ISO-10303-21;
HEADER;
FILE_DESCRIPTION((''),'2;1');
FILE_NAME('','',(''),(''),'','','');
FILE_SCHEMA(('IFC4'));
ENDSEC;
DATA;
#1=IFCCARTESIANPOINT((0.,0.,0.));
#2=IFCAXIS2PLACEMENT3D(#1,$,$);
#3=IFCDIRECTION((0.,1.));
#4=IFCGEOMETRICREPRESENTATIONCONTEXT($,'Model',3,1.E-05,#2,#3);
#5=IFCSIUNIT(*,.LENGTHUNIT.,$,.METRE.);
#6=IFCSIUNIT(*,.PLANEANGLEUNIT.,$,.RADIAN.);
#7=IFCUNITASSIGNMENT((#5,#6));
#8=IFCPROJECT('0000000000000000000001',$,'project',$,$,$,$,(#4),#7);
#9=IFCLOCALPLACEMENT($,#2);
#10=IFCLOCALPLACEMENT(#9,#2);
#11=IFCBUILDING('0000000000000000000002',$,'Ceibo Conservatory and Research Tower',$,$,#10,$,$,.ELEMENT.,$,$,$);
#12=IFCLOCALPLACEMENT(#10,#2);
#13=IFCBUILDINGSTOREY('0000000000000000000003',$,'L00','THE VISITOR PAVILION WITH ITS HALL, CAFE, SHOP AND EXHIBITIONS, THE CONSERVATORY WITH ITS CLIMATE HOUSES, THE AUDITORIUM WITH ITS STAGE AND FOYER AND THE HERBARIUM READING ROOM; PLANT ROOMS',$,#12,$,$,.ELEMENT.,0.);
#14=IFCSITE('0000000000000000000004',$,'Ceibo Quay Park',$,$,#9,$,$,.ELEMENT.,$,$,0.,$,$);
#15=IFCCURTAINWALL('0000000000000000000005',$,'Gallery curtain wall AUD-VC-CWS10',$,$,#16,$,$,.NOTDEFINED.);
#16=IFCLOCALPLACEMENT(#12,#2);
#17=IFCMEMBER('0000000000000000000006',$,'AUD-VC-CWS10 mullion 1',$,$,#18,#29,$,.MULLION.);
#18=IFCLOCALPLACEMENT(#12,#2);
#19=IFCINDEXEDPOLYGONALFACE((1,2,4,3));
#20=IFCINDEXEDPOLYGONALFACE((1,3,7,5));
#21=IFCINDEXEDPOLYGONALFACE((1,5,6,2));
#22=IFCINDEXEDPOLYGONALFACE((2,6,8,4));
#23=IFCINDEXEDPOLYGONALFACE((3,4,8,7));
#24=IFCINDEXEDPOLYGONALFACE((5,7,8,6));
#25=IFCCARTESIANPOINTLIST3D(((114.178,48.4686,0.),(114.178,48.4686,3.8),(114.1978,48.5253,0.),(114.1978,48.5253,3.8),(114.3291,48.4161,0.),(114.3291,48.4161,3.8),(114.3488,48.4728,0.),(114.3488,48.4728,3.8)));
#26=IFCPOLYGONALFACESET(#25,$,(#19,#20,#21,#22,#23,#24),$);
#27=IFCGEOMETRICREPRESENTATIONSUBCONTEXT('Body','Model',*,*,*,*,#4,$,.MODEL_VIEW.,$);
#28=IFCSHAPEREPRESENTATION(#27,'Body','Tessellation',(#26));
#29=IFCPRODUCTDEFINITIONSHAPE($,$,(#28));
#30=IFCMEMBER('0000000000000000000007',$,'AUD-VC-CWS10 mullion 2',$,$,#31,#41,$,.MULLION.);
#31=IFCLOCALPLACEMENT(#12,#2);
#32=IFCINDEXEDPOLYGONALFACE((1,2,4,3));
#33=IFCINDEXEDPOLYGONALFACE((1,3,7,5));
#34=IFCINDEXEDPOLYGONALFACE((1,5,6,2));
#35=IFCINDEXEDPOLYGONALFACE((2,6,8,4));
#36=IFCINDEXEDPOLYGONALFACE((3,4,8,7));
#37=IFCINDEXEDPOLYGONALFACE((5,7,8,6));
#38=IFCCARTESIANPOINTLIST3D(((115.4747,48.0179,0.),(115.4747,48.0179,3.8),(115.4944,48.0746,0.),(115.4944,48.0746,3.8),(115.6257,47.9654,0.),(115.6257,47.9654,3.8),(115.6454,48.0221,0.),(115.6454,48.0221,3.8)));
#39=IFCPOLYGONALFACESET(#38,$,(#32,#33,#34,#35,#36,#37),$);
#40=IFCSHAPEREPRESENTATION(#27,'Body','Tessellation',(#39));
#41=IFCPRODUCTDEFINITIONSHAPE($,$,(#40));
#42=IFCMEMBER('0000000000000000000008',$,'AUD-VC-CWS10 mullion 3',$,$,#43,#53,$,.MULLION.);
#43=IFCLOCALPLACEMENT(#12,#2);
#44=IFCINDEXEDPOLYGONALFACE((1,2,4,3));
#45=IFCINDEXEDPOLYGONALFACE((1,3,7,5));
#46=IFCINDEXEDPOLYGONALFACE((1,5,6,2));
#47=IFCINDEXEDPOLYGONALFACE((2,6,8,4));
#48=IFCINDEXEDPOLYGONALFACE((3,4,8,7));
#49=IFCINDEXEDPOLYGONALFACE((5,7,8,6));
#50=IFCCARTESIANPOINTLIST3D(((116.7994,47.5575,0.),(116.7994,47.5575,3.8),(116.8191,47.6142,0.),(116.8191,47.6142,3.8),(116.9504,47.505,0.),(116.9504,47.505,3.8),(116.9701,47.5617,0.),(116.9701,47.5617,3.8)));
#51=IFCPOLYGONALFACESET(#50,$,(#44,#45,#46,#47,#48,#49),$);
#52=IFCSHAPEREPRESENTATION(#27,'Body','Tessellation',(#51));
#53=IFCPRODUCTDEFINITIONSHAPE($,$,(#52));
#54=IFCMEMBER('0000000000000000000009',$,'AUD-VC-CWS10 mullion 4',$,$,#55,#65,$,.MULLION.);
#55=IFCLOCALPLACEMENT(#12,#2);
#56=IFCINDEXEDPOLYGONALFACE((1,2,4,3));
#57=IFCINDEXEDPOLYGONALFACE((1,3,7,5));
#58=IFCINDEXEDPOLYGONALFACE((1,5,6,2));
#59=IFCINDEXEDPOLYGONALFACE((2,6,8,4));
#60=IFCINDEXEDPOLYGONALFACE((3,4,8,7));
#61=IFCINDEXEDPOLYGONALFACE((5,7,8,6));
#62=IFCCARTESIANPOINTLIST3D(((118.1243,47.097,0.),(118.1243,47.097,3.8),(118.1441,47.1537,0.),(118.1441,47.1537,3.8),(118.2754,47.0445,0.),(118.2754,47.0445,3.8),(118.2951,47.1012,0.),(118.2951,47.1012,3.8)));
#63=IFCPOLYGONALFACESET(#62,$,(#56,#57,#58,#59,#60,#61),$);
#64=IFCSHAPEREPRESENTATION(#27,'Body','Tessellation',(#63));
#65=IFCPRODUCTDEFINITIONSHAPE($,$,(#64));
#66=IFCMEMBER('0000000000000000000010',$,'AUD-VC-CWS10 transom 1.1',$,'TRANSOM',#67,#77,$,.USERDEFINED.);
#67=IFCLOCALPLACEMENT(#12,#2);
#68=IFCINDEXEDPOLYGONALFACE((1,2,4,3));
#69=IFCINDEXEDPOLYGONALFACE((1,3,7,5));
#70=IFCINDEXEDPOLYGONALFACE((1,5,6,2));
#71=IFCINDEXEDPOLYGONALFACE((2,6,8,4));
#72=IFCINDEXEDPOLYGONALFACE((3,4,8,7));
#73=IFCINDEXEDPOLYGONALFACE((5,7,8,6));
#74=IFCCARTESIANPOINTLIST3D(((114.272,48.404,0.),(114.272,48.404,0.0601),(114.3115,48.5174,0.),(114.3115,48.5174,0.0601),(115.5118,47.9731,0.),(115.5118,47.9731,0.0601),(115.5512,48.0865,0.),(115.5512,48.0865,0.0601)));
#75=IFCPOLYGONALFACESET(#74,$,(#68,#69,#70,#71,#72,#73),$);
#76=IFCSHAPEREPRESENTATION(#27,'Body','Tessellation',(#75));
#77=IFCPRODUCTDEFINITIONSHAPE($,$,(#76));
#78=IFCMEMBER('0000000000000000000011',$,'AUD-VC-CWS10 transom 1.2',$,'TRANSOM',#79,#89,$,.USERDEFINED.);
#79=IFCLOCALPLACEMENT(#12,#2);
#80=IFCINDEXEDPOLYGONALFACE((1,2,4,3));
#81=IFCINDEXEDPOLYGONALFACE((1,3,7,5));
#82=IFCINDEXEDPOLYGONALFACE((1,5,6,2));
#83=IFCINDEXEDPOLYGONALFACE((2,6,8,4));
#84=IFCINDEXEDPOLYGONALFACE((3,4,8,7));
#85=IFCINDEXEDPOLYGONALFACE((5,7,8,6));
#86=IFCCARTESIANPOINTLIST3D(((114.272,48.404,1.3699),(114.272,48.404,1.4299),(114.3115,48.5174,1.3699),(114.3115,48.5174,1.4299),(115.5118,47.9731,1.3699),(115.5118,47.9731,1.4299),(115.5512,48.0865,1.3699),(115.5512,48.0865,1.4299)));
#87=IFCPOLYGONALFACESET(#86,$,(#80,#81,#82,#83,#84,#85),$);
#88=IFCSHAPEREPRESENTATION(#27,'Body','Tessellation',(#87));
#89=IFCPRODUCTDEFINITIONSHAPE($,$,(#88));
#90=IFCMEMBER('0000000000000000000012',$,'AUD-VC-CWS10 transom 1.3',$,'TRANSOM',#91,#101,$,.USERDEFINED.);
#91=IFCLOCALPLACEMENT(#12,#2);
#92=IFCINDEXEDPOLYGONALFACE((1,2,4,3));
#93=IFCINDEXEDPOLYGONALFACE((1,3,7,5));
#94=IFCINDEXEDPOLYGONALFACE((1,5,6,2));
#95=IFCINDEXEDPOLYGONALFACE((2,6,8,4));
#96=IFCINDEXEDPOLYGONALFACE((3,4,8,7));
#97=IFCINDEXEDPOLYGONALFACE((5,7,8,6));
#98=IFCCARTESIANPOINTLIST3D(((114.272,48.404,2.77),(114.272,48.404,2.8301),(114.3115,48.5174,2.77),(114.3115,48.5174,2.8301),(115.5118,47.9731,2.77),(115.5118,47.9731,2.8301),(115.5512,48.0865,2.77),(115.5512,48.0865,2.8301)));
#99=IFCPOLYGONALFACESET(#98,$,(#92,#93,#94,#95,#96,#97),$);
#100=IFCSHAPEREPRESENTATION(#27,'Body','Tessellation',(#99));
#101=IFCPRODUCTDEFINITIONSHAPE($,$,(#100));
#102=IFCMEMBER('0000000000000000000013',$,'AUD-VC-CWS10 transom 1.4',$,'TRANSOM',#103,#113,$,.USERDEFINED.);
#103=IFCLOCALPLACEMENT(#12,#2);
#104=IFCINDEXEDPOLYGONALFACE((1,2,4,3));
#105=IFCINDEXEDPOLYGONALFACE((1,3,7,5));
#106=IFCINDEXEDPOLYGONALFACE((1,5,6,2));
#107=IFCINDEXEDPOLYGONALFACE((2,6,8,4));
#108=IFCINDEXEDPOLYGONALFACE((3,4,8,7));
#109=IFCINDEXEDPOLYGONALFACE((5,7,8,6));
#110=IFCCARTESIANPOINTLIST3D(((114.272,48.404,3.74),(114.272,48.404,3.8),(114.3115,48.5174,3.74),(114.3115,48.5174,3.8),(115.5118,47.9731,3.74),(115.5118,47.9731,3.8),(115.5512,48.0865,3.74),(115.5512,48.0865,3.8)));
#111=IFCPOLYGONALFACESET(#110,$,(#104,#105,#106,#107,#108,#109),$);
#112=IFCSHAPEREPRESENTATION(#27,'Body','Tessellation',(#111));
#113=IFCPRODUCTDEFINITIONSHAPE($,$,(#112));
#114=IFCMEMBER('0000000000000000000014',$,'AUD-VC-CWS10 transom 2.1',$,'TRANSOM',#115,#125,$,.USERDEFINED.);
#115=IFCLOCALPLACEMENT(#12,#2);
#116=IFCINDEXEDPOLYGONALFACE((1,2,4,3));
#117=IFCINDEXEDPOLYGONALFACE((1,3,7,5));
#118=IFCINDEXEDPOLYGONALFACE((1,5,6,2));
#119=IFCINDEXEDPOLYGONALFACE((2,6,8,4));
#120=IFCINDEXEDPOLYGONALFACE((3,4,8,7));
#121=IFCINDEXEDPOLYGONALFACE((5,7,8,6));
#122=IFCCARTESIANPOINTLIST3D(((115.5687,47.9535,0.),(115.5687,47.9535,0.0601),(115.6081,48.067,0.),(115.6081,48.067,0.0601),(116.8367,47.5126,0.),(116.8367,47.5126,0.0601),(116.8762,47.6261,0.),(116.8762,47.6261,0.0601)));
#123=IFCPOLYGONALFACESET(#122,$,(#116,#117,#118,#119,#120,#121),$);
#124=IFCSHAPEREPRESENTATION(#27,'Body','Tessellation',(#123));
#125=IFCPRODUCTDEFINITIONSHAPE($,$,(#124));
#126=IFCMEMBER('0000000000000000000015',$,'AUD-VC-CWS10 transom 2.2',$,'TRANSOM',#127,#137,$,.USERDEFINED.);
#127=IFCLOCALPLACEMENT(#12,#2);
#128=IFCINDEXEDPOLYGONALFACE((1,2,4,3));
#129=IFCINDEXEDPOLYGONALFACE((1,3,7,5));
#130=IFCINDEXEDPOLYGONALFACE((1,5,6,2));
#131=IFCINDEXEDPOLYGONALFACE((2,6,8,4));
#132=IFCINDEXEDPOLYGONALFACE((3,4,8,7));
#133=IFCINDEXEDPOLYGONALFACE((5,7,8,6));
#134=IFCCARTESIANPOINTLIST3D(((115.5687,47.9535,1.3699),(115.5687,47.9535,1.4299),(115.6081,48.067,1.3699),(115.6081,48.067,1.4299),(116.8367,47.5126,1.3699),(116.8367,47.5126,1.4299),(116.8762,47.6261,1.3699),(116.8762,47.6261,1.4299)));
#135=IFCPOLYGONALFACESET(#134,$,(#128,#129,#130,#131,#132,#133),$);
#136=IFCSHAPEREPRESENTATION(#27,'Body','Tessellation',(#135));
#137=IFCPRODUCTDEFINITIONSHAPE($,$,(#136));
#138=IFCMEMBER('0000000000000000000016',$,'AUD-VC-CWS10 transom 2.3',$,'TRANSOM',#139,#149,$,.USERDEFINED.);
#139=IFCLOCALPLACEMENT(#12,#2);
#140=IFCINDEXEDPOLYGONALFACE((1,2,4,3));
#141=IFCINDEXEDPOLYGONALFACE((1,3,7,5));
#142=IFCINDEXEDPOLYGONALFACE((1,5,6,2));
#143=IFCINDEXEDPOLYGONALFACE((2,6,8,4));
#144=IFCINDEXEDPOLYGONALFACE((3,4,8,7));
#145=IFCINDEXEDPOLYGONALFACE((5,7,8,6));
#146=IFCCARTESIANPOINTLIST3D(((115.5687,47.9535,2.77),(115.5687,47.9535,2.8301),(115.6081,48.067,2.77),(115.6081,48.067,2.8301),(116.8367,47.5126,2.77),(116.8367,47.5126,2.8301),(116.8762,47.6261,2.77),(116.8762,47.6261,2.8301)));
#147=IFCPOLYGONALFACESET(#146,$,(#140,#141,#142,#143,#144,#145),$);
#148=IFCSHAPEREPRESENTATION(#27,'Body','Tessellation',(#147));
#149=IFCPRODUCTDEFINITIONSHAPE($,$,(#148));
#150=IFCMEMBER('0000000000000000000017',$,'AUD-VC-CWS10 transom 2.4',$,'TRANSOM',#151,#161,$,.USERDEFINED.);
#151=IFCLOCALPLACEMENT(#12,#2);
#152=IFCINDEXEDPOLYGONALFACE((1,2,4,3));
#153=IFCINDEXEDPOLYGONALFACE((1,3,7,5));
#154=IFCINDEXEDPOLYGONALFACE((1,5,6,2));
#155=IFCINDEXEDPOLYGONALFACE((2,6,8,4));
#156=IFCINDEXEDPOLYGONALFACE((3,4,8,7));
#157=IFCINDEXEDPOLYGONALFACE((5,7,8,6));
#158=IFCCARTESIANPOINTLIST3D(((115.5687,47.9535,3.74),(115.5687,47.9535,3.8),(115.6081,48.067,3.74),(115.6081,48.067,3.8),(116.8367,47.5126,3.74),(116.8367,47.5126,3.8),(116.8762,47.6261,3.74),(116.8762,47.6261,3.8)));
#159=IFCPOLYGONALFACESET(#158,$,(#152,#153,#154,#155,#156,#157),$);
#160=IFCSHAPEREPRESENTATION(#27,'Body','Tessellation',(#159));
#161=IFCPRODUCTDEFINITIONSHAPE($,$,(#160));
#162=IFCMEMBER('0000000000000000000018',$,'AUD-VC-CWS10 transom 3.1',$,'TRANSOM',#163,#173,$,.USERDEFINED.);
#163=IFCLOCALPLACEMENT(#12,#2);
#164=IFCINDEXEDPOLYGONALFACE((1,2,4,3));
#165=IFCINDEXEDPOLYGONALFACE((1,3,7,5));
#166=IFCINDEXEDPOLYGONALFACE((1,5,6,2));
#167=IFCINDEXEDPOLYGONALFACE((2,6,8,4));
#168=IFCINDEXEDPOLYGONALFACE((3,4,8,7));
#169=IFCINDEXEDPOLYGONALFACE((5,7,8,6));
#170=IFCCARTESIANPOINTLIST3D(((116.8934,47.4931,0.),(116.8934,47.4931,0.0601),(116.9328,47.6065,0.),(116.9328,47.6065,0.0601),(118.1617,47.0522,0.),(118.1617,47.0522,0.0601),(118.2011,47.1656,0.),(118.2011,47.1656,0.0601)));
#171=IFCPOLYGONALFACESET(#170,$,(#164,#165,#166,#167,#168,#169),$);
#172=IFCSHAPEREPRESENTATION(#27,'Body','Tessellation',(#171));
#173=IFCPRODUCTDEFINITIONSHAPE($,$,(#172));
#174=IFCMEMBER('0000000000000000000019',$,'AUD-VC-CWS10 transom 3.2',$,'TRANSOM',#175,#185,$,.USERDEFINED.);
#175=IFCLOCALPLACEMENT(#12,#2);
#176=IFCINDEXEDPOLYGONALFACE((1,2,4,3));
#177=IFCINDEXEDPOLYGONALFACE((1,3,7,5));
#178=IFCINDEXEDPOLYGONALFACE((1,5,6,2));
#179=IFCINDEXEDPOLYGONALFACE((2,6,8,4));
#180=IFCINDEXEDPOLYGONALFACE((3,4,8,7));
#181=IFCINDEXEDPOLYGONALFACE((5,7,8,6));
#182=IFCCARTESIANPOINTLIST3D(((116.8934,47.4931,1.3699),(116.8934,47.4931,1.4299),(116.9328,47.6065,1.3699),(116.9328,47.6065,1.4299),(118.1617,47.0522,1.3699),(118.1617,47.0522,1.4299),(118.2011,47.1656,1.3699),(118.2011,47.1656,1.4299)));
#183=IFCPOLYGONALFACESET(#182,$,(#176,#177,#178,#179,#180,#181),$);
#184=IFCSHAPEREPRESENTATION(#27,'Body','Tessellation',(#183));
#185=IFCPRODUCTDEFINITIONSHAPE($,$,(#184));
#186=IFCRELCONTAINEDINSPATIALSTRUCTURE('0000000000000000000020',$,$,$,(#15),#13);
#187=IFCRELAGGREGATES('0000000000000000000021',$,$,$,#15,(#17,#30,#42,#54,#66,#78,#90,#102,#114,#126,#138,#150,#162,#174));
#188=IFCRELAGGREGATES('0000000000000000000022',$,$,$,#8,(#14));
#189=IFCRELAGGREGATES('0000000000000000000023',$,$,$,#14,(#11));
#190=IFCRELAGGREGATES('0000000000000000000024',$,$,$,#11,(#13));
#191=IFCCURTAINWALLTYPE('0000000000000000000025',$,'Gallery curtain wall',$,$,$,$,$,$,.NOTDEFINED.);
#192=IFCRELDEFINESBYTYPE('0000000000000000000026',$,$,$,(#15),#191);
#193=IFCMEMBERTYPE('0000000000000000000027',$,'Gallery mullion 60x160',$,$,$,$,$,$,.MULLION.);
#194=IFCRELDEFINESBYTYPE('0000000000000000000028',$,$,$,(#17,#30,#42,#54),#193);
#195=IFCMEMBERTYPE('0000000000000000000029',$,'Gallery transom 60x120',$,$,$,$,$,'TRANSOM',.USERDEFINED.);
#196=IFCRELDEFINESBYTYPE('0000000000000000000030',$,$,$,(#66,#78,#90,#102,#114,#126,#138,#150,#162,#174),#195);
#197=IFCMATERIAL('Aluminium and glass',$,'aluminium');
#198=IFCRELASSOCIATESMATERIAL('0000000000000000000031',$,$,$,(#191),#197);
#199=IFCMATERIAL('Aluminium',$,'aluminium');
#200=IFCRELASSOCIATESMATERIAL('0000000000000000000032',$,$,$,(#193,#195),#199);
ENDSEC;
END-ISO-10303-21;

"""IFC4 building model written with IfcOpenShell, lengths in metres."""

from ifc_helpers import new_model, si_unit, direction, frame, origin, origin_2d, place, context, subcontext, project, spatial, rectangle, extrude, material, material_profile, profile_set, type_object, element, aggregate, save


model = new_model("IFC4")

# Units and contexts
model_context = context("Model", 3, precision=1e-05, world=origin(), true_north=direction((0.0, 1.0)))
body_context = subcontext(model_context, "Body", "Model", "MODEL_VIEW")
ifc_project = project(units=[si_unit("LENGTHUNIT", "METRE"), si_unit("PLANEANGLEUNIT", "RADIAN")], contexts=[model_context])

# Site, building, storey
site_placement = place(None, origin())
site = spatial("IfcSite", under=ifc_project, at=site_placement, Name="Ceibo Quay Park", CompositionType="ELEMENT", RefElevation=0.0)
building_placement = place(site_placement, origin())
building = spatial("IfcBuilding", under=site, at=building_placement, Name="Ceibo Conservatory and Research Tower", CompositionType="ELEMENT")
storey_placement = place(building_placement, origin())
storey = spatial("IfcBuildingStorey", under=building, at=storey_placement, Name="L00", Description="THE VISITOR PAVILION WITH ITS HALL, CAFE, SHOP AND EXHIBITIONS, THE CONSERVATORY WITH ITS CLIMATE HOUSES, THE AUDITORIUM WITH ITS STAGE AND FOYER AND THE HERBARIUM READING ROOM; PLANT ROOMS", CompositionType="ELEMENT", Elevation=0.0)

# Curtain wall, members
ifc_material_1 = material(Name="Aluminium and glass", Category="aluminium")
curtain_wall_type = type_object("IfcCurtainWallType", Name="Gallery curtain wall", PredefinedType="NOTDEFINED", material=ifc_material_1)
curtain_wall_placement = place(storey_placement, origin())
curtain_wall = element("IfcCurtainWall", 1, at=curtain_wall_placement, inside=storey, type_object=curtain_wall_type, Name="Gallery curtain wall AUD-VC-CWS10", PredefinedType="NOTDEFINED")
ifc_material_2 = material(Name="Aluminium", Category="aluminium")
ifc_material_profile_1 = material_profile(ifc_material_2, rectangle(XDim=0.0601, YDim=0.1599, at=origin_2d()), Name="AL 60x160")
ifc_profile_set_1 = profile_set([ifc_material_profile_1], Name="Aluminium")
member_type_1 = type_object("IfcMemberType", Name="Gallery mullion 60x160", PredefinedType="MULLION", material=ifc_profile_set_1)
member_1_placement = place(storey_placement, frame((114.2634, 48.4707, 0.0), z_axis=(0.0, 0.0, 1.0), x_axis=(0.328284, 0.944579, 0.0)))
member_1 = element("IfcMember", 2, at=member_1_placement, type_object=member_type_1, Name="AUD-VC-CWS10 mullion 1", PredefinedType="MULLION", context=body_context, shape_type="SweptSolid", body=[
    extrude(rectangle(XDim=0.0601, YDim=0.1599, at=origin_2d()), origin(), (0.0, 0.0, 1.0), 3.8),
])
member_2_placement = place(storey_placement, frame((115.5601, 48.02, 0.0), z_axis=(0.0, 0.0, 1.0), x_axis=(0.328284, 0.944579, 0.0)))
member_2 = element("IfcMember", 3, at=member_2_placement, type_object=member_type_1, Name="AUD-VC-CWS10 mullion 2", PredefinedType="MULLION", context=body_context, shape_type="SweptSolid", body=[
    extrude(rectangle(XDim=0.0601, YDim=0.1599, at=origin_2d()), origin(), (0.0, 0.0, 1.0), 3.8),
])
member_3_placement = place(storey_placement, frame((116.8848, 47.5596, 0.0), z_axis=(0.0, 0.0, 1.0), x_axis=(0.328284, 0.944579, 0.0)))
member_3 = element("IfcMember", 4, at=member_3_placement, type_object=member_type_1, Name="AUD-VC-CWS10 mullion 3", PredefinedType="MULLION", context=body_context, shape_type="SweptSolid", body=[
    extrude(rectangle(XDim=0.0601, YDim=0.1599, at=origin_2d()), origin(), (0.0, 0.0, 1.0), 3.8),
])
member_4_placement = place(storey_placement, frame((118.2097, 47.0991, 0.0), z_axis=(0.0, 0.0, 1.0), x_axis=(0.328284, 0.944579, 0.0)))
member_4 = element("IfcMember", 5, at=member_4_placement, type_object=member_type_1, Name="AUD-VC-CWS10 mullion 4", PredefinedType="MULLION", context=body_context, shape_type="SweptSolid", body=[
    extrude(rectangle(XDim=0.0601, YDim=0.1599, at=origin_2d()), origin(), (0.0, 0.0, 1.0), 3.8),
])
ifc_material_profile_2 = material_profile(ifc_material_2, rectangle(XDim=0.1201, YDim=0.0601, at=origin_2d()), Name="AL 60x120")
ifc_profile_set_2 = profile_set([ifc_material_profile_2], Name="Aluminium")
member_type_2 = type_object("IfcMemberType", Name="Gallery transom 60x120", ElementType="TRANSOM", PredefinedType="USERDEFINED", material=ifc_profile_set_2)
member_5_placement = place(storey_placement, frame((114.2917, 48.4607, 0.03), z_axis=(0.94457, -0.328311, 0.0), x_axis=(0.328311, 0.94457, 0.0)))
member_5 = element("IfcMember", 6, at=member_5_placement, type_object=member_type_2, Name="AUD-VC-CWS10 transom 1.1", ObjectType="TRANSOM", PredefinedType="USERDEFINED", context=body_context, shape_type="SweptSolid", body=[
    extrude(rectangle(XDim=0.1201, YDim=0.0601, at=origin_2d()), origin(), (0.0, 0.0, 1.0), 1.3125),
])
member_6_placement = place(storey_placement, frame((114.2917, 48.4607, 1.3999), z_axis=(0.94457, -0.328311, 0.0), x_axis=(0.328311, 0.94457, 0.0)))
member_6 = element("IfcMember", 7, at=member_6_placement, type_object=member_type_2, Name="AUD-VC-CWS10 transom 1.2", ObjectType="TRANSOM", PredefinedType="USERDEFINED", context=body_context, shape_type="SweptSolid", body=[
    extrude(rectangle(XDim=0.1201, YDim=0.0601, at=origin_2d()), origin(), (0.0, 0.0, 1.0), 1.3125),
])
member_7_placement = place(storey_placement, frame((114.2917, 48.4607, 2.8), z_axis=(0.94457, -0.328311, 0.0), x_axis=(0.328311, 0.94457, 0.0)))
member_7 = element("IfcMember", 8, at=member_7_placement, type_object=member_type_2, Name="AUD-VC-CWS10 transom 1.3", ObjectType="TRANSOM", PredefinedType="USERDEFINED", context=body_context, shape_type="SweptSolid", body=[
    extrude(rectangle(XDim=0.1201, YDim=0.0601, at=origin_2d()), origin(), (0.0, 0.0, 1.0), 1.3125),
])
member_8_placement = place(storey_placement, frame((114.2917, 48.4607, 3.77), z_axis=(0.94457, -0.328311, 0.0), x_axis=(0.328311, 0.94457, 0.0)))
member_8 = element("IfcMember", 9, at=member_8_placement, type_object=member_type_2, Name="AUD-VC-CWS10 transom 1.4", ObjectType="TRANSOM", PredefinedType="USERDEFINED", context=body_context, shape_type="SweptSolid", body=[
    extrude(rectangle(XDim=0.1201, YDim=0.0601, at=origin_2d()), origin(), (0.0, 0.0, 1.0), 1.3125),
])
member_9_placement = place(storey_placement, frame((115.5884, 48.0103, 0.03), z_axis=(0.944531, -0.328422, 0.0), x_axis=(0.328422, 0.944531, 0.0)))
member_9 = element("IfcMember", 10, at=member_9_placement, type_object=member_type_2, Name="AUD-VC-CWS10 transom 2.1", ObjectType="TRANSOM", PredefinedType="USERDEFINED", context=body_context, shape_type="SweptSolid", body=[
    extrude(rectangle(XDim=0.1201, YDim=0.0601, at=origin_2d()), origin(), (0.0, 0.0, 1.0), 1.3425),
])
member_10_placement = place(storey_placement, frame((115.5884, 48.0103, 1.3999), z_axis=(0.944531, -0.328422, 0.0), x_axis=(0.328422, 0.944531, 0.0)))
member_10 = element("IfcMember", 11, at=member_10_placement, type_object=member_type_2, Name="AUD-VC-CWS10 transom 2.2", ObjectType="TRANSOM", PredefinedType="USERDEFINED", context=body_context, shape_type="SweptSolid", body=[
    extrude(rectangle(XDim=0.1201, YDim=0.0601, at=origin_2d()), origin(), (0.0, 0.0, 1.0), 1.3425),
])
member_11_placement = place(storey_placement, frame((115.5884, 48.0103, 2.8), z_axis=(0.944531, -0.328422, 0.0), x_axis=(0.328422, 0.944531, 0.0)))
member_11 = element("IfcMember", 12, at=member_11_placement, type_object=member_type_2, Name="AUD-VC-CWS10 transom 2.3", ObjectType="TRANSOM", PredefinedType="USERDEFINED", context=body_context, shape_type="SweptSolid", body=[
    extrude(rectangle(XDim=0.1201, YDim=0.0601, at=origin_2d()), origin(), (0.0, 0.0, 1.0), 1.3425),
])
member_12_placement = place(storey_placement, frame((115.5884, 48.0103, 3.77), z_axis=(0.944531, -0.328422, 0.0), x_axis=(0.328422, 0.944531, 0.0)))
member_12 = element("IfcMember", 13, at=member_12_placement, type_object=member_type_2, Name="AUD-VC-CWS10 transom 2.4", ObjectType="TRANSOM", PredefinedType="USERDEFINED", context=body_context, shape_type="SweptSolid", body=[
    extrude(rectangle(XDim=0.1201, YDim=0.0601, at=origin_2d()), origin(), (0.0, 0.0, 1.0), 1.3425),
])
member_13_placement = place(storey_placement, frame((116.9131, 47.5498, 0.03), z_axis=(0.944551, -0.328365, 0.0), x_axis=(0.328365, 0.944551, 0.0)))
member_13 = element("IfcMember", 14, at=member_13_placement, type_object=member_type_2, Name="AUD-VC-CWS10 transom 3.1", ObjectType="TRANSOM", PredefinedType="USERDEFINED", context=body_context, shape_type="SweptSolid", body=[
    extrude(rectangle(XDim=0.1201, YDim=0.0601, at=origin_2d()), origin(), (0.0, 0.0, 1.0), 1.3428),
])
member_14_placement = place(storey_placement, frame((116.9131, 47.5498, 1.3999), z_axis=(0.944551, -0.328365, 0.0), x_axis=(0.328365, 0.944551, 0.0)))
member_14 = element("IfcMember", 15, at=member_14_placement, type_object=member_type_2, Name="AUD-VC-CWS10 transom 3.2", ObjectType="TRANSOM", PredefinedType="USERDEFINED", context=body_context, shape_type="SweptSolid", body=[
    extrude(rectangle(XDim=0.1201, YDim=0.0601, at=origin_2d()), origin(), (0.0, 0.0, 1.0), 1.3428),
])

aggregate(curtain_wall, [member_1, member_2, member_3, member_4, member_5, member_6, member_7, member_8, member_9, member_10, member_11, member_12, member_13, member_14])

save(model, "model.ifc")
